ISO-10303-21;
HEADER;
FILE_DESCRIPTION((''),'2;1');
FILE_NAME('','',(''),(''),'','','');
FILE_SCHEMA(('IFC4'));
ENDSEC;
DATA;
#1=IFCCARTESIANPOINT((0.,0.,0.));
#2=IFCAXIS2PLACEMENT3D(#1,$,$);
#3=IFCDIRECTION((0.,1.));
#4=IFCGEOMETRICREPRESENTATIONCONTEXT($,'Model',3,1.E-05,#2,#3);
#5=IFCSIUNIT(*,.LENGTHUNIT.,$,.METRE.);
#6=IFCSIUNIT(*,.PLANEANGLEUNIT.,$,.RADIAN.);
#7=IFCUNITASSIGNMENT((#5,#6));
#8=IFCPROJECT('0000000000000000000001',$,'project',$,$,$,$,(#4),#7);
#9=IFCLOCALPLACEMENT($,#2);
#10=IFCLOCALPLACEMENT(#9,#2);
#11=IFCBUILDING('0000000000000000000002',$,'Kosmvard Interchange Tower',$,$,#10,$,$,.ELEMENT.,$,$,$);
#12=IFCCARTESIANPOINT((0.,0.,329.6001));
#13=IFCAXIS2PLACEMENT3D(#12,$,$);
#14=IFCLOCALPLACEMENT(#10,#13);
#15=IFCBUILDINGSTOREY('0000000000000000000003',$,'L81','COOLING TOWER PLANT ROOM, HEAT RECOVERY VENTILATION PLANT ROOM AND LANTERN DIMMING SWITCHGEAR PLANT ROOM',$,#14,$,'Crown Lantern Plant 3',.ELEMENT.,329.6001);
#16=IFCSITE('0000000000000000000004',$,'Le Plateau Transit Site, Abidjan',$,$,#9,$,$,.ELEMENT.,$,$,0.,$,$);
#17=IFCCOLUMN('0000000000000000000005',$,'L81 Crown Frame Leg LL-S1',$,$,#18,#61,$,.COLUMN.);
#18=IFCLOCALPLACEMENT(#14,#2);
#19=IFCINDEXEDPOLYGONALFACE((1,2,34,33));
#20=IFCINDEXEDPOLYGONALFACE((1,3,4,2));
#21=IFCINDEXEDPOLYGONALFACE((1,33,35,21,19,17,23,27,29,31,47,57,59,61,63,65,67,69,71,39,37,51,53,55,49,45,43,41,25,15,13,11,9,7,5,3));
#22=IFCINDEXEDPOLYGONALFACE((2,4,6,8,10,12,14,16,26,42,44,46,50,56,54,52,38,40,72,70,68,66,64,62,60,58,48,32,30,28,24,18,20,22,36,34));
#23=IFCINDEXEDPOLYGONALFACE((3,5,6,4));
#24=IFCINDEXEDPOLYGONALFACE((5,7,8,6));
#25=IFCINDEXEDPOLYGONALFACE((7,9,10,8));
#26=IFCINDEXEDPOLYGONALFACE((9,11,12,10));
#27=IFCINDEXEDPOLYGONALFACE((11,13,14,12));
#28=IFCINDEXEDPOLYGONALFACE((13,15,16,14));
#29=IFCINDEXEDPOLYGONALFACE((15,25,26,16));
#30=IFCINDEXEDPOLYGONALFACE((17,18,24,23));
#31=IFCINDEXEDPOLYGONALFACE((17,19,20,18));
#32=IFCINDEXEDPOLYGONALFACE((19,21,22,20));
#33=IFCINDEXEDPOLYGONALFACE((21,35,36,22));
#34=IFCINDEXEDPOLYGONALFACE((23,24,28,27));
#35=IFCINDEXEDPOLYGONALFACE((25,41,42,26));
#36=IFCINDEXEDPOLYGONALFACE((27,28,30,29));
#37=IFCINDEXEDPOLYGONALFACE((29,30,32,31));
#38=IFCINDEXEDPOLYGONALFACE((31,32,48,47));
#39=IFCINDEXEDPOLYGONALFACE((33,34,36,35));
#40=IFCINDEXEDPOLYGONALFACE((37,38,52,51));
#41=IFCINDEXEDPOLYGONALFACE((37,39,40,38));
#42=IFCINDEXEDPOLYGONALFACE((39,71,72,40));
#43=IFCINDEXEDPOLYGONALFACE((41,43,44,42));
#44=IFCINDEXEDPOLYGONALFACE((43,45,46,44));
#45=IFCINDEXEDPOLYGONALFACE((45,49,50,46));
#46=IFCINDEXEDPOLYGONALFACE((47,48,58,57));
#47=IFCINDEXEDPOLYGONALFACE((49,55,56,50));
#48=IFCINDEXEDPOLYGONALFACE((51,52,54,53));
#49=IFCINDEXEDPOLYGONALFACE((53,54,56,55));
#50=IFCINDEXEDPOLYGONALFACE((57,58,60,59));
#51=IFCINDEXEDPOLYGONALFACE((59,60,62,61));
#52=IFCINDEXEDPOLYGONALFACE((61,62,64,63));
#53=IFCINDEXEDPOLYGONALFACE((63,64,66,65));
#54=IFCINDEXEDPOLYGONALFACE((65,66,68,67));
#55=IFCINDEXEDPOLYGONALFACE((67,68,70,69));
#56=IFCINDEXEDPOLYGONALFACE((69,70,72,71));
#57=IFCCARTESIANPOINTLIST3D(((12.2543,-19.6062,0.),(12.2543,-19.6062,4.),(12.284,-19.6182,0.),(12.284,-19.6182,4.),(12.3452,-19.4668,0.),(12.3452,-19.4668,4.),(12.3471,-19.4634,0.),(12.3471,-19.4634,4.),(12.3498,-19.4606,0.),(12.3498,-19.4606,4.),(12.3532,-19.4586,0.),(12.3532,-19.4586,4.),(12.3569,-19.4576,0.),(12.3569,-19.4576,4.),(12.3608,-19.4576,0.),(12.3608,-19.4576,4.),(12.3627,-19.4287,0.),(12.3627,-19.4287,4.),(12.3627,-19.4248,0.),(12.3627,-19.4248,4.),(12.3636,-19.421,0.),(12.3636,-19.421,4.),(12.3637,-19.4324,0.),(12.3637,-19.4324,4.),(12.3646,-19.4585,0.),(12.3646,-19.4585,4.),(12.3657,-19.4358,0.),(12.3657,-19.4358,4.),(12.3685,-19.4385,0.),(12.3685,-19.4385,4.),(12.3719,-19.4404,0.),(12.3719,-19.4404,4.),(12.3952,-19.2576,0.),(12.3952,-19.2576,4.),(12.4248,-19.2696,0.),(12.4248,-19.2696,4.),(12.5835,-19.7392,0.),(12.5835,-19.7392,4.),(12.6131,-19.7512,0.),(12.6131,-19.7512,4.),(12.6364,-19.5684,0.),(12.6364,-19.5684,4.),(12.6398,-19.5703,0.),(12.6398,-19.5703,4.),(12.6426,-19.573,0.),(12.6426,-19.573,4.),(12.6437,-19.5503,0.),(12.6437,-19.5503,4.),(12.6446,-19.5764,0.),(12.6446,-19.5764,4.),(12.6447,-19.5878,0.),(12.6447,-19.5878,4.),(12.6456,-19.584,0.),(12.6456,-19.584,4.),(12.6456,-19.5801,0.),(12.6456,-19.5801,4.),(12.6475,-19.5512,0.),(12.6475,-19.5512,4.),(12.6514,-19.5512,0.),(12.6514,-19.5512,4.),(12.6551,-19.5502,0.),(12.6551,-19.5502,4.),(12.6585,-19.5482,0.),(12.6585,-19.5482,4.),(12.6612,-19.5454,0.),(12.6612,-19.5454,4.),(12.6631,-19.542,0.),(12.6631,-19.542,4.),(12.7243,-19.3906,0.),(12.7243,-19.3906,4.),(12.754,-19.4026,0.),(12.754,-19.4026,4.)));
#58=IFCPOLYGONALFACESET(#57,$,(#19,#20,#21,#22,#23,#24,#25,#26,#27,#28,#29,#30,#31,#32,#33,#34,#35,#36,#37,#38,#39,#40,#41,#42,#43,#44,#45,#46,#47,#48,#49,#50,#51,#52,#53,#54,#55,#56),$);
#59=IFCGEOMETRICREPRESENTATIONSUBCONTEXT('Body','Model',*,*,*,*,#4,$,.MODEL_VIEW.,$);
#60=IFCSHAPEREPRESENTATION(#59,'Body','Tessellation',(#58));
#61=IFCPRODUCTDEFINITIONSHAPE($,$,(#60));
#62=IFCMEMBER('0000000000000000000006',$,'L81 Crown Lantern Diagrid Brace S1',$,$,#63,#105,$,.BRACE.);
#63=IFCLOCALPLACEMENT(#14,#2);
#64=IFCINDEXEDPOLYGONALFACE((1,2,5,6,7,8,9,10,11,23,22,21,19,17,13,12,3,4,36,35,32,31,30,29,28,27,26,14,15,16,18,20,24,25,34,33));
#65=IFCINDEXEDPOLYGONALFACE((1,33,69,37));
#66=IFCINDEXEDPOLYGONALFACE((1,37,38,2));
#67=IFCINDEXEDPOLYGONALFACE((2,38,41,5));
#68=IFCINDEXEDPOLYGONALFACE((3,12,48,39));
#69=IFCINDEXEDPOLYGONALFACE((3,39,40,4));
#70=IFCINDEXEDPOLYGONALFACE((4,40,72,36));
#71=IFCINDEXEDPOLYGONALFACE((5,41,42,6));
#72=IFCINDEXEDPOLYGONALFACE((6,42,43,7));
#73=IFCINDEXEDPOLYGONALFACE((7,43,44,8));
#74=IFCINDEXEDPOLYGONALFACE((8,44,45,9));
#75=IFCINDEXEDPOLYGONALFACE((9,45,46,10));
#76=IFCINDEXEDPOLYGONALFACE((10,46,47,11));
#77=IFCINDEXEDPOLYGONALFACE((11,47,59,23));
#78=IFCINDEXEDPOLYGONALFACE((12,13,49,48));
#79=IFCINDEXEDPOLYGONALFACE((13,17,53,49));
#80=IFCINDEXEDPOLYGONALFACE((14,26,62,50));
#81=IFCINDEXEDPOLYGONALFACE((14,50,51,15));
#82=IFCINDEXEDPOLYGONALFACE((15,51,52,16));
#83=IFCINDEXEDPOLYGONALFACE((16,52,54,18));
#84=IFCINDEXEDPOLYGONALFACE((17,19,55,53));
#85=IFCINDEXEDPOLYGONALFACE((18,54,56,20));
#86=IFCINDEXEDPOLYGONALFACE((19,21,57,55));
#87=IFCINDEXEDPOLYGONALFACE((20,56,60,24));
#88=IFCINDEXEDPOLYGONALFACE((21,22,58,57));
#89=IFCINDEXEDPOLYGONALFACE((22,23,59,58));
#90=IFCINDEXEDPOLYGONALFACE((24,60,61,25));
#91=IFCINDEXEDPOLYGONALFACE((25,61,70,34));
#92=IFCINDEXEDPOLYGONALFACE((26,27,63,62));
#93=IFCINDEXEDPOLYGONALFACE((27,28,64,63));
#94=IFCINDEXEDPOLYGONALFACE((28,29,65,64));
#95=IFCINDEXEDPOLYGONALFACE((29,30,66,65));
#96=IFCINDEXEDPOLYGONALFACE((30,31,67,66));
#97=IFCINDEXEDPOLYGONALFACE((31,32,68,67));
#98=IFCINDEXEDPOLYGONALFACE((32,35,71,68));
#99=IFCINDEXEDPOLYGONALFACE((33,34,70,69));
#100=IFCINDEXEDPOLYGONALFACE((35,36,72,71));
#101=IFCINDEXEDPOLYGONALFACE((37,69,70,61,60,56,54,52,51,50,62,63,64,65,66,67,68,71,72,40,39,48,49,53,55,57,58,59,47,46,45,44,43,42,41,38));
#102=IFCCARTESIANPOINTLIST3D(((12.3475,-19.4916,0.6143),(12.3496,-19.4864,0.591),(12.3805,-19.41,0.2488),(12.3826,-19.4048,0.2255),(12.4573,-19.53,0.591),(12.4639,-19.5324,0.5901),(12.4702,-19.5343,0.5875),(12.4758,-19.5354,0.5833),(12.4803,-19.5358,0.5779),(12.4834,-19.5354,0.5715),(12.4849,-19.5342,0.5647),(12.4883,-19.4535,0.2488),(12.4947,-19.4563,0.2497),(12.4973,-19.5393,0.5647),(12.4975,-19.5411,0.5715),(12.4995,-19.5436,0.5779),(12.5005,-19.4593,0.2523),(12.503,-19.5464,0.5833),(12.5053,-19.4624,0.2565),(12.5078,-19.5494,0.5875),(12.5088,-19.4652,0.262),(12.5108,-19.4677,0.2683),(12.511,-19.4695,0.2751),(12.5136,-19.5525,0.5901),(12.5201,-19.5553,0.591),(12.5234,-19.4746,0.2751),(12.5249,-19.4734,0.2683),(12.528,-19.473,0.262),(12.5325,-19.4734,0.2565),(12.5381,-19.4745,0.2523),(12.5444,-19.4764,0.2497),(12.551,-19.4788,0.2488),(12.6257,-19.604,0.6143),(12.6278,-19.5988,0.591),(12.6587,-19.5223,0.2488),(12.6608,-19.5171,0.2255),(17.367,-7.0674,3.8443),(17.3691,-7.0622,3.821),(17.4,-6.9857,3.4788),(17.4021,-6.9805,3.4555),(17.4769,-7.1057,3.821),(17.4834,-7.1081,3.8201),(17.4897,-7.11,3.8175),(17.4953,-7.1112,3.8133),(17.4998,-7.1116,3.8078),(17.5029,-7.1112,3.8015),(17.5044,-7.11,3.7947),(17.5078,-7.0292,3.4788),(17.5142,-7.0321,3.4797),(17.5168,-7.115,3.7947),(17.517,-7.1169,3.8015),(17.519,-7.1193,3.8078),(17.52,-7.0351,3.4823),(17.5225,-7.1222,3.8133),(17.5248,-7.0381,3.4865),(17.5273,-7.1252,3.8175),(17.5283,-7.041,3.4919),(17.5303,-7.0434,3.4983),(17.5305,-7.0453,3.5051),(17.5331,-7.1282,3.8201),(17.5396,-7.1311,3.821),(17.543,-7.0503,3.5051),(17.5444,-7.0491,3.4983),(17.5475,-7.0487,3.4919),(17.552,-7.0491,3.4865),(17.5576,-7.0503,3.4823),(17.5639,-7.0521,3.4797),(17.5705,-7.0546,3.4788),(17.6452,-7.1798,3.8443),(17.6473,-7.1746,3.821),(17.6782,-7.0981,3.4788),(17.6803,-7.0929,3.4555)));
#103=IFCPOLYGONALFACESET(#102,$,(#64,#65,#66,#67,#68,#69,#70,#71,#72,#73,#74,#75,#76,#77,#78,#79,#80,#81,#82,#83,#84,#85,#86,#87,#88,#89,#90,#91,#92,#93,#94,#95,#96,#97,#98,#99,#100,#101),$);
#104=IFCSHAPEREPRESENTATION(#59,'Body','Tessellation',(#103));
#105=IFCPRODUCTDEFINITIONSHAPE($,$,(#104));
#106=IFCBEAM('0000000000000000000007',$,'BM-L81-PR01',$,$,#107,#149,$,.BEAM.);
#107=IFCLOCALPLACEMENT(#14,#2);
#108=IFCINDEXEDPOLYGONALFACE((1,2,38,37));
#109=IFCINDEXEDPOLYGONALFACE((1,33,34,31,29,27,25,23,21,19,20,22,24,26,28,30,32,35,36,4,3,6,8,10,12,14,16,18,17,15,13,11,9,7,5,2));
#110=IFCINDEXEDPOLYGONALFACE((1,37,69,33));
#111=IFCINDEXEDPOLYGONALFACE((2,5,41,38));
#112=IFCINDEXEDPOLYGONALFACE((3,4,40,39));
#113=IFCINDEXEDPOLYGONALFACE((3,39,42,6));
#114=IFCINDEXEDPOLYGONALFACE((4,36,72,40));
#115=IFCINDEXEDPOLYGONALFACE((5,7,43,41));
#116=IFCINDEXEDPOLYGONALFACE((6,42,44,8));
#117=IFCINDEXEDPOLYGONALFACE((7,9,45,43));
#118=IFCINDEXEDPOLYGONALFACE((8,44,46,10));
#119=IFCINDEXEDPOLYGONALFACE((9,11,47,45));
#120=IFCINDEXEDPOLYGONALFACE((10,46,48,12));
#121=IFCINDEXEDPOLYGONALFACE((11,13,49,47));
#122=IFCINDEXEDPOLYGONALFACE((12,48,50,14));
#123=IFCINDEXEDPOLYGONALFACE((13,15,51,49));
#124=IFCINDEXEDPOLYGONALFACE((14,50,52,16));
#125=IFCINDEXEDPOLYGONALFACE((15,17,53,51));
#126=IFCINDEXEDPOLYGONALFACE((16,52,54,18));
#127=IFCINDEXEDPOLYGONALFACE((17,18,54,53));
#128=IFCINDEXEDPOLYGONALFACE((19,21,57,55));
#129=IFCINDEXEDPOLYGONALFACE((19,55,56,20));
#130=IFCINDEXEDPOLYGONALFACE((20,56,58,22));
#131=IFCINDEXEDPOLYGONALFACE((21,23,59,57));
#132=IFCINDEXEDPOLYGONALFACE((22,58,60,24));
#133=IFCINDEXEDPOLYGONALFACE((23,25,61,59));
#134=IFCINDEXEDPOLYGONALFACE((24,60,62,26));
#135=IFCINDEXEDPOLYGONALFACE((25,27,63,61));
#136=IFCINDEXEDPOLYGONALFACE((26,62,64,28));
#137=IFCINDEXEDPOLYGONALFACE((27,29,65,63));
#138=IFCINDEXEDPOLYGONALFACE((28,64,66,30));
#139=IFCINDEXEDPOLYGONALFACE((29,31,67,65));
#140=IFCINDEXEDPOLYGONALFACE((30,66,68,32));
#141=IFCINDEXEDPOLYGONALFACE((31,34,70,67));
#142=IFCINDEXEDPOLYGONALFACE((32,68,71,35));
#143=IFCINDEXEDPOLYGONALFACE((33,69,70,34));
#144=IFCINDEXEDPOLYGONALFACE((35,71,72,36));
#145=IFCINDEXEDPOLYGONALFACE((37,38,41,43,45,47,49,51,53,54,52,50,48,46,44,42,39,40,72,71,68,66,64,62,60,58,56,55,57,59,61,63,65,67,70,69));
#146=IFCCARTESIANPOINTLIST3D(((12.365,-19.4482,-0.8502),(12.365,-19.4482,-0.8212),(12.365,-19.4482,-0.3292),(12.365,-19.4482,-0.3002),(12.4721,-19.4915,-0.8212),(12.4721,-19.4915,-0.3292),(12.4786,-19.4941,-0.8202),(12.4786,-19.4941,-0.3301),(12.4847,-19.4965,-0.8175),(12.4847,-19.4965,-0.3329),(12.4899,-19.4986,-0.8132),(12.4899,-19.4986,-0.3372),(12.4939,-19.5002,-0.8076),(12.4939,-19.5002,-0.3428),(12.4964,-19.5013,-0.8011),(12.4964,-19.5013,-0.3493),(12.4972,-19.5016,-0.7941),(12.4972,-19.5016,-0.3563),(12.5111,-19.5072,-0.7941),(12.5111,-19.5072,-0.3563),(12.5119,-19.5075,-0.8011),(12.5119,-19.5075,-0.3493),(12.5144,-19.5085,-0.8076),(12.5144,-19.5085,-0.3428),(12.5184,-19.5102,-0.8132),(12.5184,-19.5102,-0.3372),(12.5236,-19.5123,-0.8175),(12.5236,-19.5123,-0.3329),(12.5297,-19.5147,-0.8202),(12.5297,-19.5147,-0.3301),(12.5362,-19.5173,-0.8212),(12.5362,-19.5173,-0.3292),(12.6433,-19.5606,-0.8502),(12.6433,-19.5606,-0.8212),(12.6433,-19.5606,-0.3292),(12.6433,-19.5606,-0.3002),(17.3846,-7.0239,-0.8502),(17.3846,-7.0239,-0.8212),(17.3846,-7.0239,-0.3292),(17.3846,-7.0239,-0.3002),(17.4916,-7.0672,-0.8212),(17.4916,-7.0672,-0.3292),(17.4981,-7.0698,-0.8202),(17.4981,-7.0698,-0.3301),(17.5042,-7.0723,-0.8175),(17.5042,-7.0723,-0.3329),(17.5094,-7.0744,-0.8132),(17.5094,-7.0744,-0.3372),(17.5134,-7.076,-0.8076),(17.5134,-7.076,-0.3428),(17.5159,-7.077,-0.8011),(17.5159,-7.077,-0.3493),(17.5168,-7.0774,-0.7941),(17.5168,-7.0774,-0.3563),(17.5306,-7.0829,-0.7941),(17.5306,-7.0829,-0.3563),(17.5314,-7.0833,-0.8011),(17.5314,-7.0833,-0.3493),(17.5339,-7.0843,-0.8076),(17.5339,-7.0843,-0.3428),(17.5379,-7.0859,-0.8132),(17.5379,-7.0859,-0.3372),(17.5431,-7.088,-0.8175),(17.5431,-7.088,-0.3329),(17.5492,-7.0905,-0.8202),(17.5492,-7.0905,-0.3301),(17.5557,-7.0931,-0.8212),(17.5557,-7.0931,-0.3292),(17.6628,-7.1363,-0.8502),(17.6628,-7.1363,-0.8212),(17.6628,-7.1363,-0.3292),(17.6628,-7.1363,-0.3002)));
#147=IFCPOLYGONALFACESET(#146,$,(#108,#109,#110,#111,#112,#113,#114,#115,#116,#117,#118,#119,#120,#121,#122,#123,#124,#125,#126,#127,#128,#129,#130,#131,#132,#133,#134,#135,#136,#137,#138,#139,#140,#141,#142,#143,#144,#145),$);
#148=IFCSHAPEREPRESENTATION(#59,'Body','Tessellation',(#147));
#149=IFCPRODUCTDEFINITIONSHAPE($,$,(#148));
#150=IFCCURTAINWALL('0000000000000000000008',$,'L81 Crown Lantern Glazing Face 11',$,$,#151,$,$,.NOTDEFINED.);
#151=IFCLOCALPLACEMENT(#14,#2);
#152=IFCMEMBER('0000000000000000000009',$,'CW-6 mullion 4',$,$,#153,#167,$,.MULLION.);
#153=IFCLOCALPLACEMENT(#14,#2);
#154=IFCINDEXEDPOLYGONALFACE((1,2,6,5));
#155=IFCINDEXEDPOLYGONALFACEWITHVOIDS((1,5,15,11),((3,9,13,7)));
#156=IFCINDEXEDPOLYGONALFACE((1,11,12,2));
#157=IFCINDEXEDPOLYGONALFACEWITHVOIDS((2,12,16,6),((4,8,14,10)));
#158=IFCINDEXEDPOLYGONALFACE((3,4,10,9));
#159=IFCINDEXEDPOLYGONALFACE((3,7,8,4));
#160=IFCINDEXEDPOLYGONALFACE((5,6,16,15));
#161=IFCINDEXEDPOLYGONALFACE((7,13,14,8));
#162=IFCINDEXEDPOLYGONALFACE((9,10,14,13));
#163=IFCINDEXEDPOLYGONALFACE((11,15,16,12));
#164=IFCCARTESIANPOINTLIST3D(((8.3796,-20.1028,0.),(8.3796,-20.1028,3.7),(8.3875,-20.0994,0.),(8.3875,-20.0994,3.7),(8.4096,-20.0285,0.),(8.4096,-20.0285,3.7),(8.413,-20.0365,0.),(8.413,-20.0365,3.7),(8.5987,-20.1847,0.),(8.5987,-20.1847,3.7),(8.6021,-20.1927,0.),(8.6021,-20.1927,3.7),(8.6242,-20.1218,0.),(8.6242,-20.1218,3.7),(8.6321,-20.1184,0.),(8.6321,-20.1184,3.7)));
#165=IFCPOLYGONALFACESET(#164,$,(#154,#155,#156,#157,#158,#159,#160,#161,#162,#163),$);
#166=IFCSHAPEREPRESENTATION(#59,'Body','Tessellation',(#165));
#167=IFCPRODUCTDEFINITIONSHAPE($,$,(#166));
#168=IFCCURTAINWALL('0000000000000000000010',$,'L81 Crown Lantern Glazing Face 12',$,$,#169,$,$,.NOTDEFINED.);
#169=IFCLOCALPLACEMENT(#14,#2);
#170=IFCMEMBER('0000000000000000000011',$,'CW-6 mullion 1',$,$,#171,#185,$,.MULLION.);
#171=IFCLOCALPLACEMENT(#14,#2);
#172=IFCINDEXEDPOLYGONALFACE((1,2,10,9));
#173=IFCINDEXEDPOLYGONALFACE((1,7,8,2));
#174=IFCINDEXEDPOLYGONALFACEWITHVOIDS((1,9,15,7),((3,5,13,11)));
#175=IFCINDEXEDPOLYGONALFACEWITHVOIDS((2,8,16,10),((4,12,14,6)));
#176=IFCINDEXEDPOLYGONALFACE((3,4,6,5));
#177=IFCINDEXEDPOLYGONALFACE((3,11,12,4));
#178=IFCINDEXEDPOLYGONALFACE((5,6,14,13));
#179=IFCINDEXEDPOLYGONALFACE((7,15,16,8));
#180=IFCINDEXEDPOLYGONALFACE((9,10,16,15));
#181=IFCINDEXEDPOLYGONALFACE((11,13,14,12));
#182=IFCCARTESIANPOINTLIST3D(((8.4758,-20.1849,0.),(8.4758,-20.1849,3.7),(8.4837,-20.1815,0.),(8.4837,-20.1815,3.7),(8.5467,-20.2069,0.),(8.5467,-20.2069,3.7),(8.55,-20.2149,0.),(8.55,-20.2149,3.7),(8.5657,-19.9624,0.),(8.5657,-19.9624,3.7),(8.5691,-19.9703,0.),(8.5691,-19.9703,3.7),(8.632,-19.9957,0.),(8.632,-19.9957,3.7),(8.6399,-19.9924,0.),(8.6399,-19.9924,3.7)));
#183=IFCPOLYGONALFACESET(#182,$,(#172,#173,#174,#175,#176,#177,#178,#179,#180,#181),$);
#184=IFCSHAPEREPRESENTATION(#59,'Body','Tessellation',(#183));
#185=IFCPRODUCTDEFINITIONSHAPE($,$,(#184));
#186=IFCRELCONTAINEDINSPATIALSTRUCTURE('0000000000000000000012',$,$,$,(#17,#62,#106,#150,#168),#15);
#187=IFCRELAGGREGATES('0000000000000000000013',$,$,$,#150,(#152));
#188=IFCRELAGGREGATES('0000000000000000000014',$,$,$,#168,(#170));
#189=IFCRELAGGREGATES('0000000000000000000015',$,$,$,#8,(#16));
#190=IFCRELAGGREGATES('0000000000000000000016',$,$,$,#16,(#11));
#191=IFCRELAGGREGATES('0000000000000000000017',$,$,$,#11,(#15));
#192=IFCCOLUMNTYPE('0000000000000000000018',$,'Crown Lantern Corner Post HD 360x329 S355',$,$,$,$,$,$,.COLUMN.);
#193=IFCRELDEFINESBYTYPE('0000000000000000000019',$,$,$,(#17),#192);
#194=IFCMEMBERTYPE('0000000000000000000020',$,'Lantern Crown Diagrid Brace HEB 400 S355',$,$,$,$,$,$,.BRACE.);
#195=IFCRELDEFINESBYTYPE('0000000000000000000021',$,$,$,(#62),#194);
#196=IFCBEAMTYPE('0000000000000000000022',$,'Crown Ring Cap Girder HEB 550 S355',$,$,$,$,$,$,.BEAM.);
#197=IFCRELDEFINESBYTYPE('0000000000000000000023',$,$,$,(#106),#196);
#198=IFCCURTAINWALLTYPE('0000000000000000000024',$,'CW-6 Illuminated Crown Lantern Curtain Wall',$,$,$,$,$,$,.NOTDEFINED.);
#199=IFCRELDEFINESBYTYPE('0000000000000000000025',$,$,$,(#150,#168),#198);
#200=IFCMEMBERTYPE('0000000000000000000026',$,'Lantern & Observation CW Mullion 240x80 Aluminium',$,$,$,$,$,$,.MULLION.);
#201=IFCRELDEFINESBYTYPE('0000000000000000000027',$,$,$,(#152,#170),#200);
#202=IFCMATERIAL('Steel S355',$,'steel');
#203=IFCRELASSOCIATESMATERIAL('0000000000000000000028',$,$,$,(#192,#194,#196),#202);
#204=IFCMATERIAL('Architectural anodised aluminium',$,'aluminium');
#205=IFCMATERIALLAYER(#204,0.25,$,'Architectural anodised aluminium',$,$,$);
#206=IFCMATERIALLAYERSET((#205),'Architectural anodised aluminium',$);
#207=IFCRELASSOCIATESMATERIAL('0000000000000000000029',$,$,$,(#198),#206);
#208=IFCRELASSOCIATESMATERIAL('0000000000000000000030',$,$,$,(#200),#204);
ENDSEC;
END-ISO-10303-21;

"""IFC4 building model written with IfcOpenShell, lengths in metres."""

from ifc_helpers import new_model, si_unit, direction, frame, origin, origin_2d, place, context, subcontext, project, spatial, hollow_rectangle, i_section, extrude, source, transform, mapped, material, layer, layer_set, material_profile, profile_set, type_object, element, aggregate, save


model = new_model("IFC4")

# Units and contexts
model_context = context("Model", 3, precision=1e-05, world=origin(), true_north=direction((0.0, 1.0)))
body_context = subcontext(model_context, "Body", "Model", "MODEL_VIEW")
ifc_project = project(units=[si_unit("LENGTHUNIT", "METRE"), si_unit("PLANEANGLEUNIT", "RADIAN")], contexts=[model_context])

# Site, building, storey
site_placement = place(None, origin())
site = spatial("IfcSite", under=ifc_project, at=site_placement, Name="Le Plateau Transit Site, Abidjan", CompositionType="ELEMENT", RefElevation=0.0)
building_placement = place(site_placement, origin())
building = spatial("IfcBuilding", under=site, at=building_placement, Name="Kosmvard Interchange Tower", CompositionType="ELEMENT")
storey_placement = place(building_placement, frame((0.0, 0.0, 329.6001)))
storey = spatial("IfcBuildingStorey", under=building, at=storey_placement, Name="L81", Description="COOLING TOWER PLANT ROOM, HEAT RECOVERY VENTILATION PLANT ROOM AND LANTERN DIMMING SWITCHGEAR PLANT ROOM", LongName="Crown Lantern Plant 3", CompositionType="ELEMENT", Elevation=329.6001)

# Column
ifc_material_1 = material(Name="Steel S355", Category="steel")
ifc_material_profile_1 = material_profile(ifc_material_1, i_section(OverallWidth=0.376, OverallDepth=0.387, WebThickness=0.0195, FlangeThickness=0.032, FilletRadius=0.0149, at=origin_2d()), Name="HD 360x329")
ifc_profile_set_1 = profile_set([ifc_material_profile_1], Name="Steel S355")
column_type = type_object("IfcColumnType", Name="Crown Lantern Corner Post HD 360x329 S355", PredefinedType="COLUMN", material=ifc_profile_set_1)
shared_shape_1 = source(origin(), body_context, "Body", "SweptSolid", [
    extrude(i_section(OverallWidth=0.376, OverallDepth=0.387, WebThickness=0.0195, FlangeThickness=0.032, FilletRadius=0.0149, at=origin_2d()), origin(), (0.0, 0.0, 1.0), 4.0),
])
column_placement = place(storey_placement, frame((12.5042, -19.5044, 0.0), z_axis=(0.0, 0.0, 1.0), x_axis=(0.374607, 0.927184, 0.0)))
element("IfcColumn", 1, at=column_placement, inside=storey, type_object=column_type, Name="L81 Crown Frame Leg LL-S1", PredefinedType="COLUMN", context=body_context, shape_type="MappedRepresentation", body=[
    mapped(shared_shape_1, transform((0.0, 0.0, 0.0), scale=1.0)),
])

# Member
ifc_material_profile_2 = material_profile(ifc_material_1, i_section(OverallWidth=0.3, OverallDepth=0.3999, WebThickness=0.0134, FlangeThickness=0.0239, FilletRadius=0.0271, at=origin_2d()), Name="HEB 400")
ifc_profile_set_2 = profile_set([ifc_material_profile_2], Name="Steel S355")
member_type_1 = type_object("IfcMemberType", Name="Lantern Crown Diagrid Brace HEB 400 S355", PredefinedType="BRACE", material=ifc_profile_set_2)
shared_shape_2 = source(origin(), body_context, "Body", "SweptSolid", [
    extrude(i_section(OverallWidth=0.3, OverallDepth=0.3999, WebThickness=0.0134, FlangeThickness=0.0239, FilletRadius=0.0271, at=origin_2d()), origin(), (0.0, 0.0, 1.0), 13.7837),
])
member_1_placement = place(storey_placement, frame((12.5042, -19.5044, 0.4199), z_axis=(0.364163, 0.901373, 0.234332), x_axis=(-0.92719, 0.374593, 0.0)))
element("IfcMember", 2, at=member_1_placement, inside=storey, type_object=member_type_1, Name="L81 Crown Lantern Diagrid Brace S1", PredefinedType="BRACE", context=body_context, shape_type="MappedRepresentation", body=[
    mapped(shared_shape_2, transform((0.0, 0.0, 0.0), scale=1.0)),
])

# Beam
ifc_material_profile_3 = material_profile(ifc_material_1, i_section(OverallWidth=0.3, OverallDepth=0.55, WebThickness=0.0149, FlangeThickness=0.0291, FilletRadius=0.0271, at=origin_2d()), Name="HEB 550")
ifc_profile_set_3 = profile_set([ifc_material_profile_3], Name="Steel S355")
beam_type = type_object("IfcBeamType", Name="Crown Ring Cap Girder HEB 550 S355", PredefinedType="BEAM", material=ifc_profile_set_3)
shared_shape_3 = source(origin(), body_context, "Body", "SweptSolid", [
    extrude(i_section(OverallWidth=0.3, OverallDepth=0.55, WebThickness=0.0149, FlangeThickness=0.0291, FilletRadius=0.0271, at=origin_2d()), origin(), (0.0, 0.0, 1.0), 13.3999),
])
beam_placement = place(storey_placement, frame((12.5042, -19.5044, -0.5752), z_axis=(0.374593, 0.92719, 0.0), x_axis=(-0.92719, 0.374593, 0.0)))
element("IfcBeam", 3, at=beam_placement, inside=storey, type_object=beam_type, Name="BM-L81-PR01", PredefinedType="BEAM", context=body_context, shape_type="MappedRepresentation", body=[
    mapped(shared_shape_3, transform((0.0, 0.0, 0.0), scale=1.0)),
])

# Curtain wall, member
ifc_material_2 = material(Name="Architectural anodised aluminium", Category="aluminium")
ifc_layer_1 = layer(ifc_material_2, 0.25, Name="Architectural anodised aluminium")
ifc_layer_set_1 = layer_set([ifc_layer_1], Name="Architectural anodised aluminium")
curtain_wall_type = type_object("IfcCurtainWallType", Name="CW-6 Illuminated Crown Lantern Curtain Wall", PredefinedType="NOTDEFINED", material=ifc_layer_set_1)
curtain_wall_1_placement = place(storey_placement, origin())
curtain_wall_1 = element("IfcCurtainWall", 4, at=curtain_wall_1_placement, inside=storey, type_object=curtain_wall_type, Name="L81 Crown Lantern Glazing Face 11", PredefinedType="NOTDEFINED")
ifc_material_profile_4 = material_profile(ifc_material_2, hollow_rectangle(XDim=0.24, YDim=0.0801, WallThickness=0.0061, at=origin_2d()), Name="CWM 240x80x6")
ifc_profile_set_4 = profile_set([ifc_material_profile_4], Name="Architectural anodised aluminium")
member_type_2 = type_object("IfcMemberType", Name="Lantern & Observation CW Mullion 240x80 Aluminium", PredefinedType="MULLION", material=ifc_profile_set_4)
shared_shape_4 = source(origin(), body_context, "Body", "SweptSolid", [
    extrude(hollow_rectangle(XDim=0.24, YDim=0.0801, WallThickness=0.0061, at=origin_2d()), origin(), (0.0, 0.0, 1.0), 3.7),
])
member_2_placement = place(storey_placement, frame((8.5059, -20.1106, 0.0), z_axis=(0.0, 0.0, 1.0), x_axis=(-0.927184, 0.374607, 0.0)))
member_2 = element("IfcMember", 5, at=member_2_placement, type_object=member_type_2, Name="CW-6 mullion 4", PredefinedType="MULLION", context=body_context, shape_type="MappedRepresentation", body=[
    mapped(shared_shape_4, transform((0.0, 0.0, 0.0), scale=1.0)),
])
aggregate(curtain_wall_1, [member_2])

# Curtain wall, member
curtain_wall_2_placement = place(storey_placement, origin())
curtain_wall_2 = element("IfcCurtainWall", 6, at=curtain_wall_2_placement, inside=storey, type_object=curtain_wall_type, Name="L81 Crown Lantern Glazing Face 12", PredefinedType="NOTDEFINED")
member_3_placement = place(storey_placement, frame((8.5579, -20.0886, 0.0), z_axis=(0.0, 0.0, 1.0), x_axis=(0.374607, 0.927184, 0.0)))
member_3 = element("IfcMember", 7, at=member_3_placement, type_object=member_type_2, Name="CW-6 mullion 1", PredefinedType="MULLION", context=body_context, shape_type="MappedRepresentation", body=[
    mapped(shared_shape_4, transform((0.0, 0.0, 0.0), scale=1.0)),
])

aggregate(curtain_wall_2, [member_3])

save(model, "model.ifc")
